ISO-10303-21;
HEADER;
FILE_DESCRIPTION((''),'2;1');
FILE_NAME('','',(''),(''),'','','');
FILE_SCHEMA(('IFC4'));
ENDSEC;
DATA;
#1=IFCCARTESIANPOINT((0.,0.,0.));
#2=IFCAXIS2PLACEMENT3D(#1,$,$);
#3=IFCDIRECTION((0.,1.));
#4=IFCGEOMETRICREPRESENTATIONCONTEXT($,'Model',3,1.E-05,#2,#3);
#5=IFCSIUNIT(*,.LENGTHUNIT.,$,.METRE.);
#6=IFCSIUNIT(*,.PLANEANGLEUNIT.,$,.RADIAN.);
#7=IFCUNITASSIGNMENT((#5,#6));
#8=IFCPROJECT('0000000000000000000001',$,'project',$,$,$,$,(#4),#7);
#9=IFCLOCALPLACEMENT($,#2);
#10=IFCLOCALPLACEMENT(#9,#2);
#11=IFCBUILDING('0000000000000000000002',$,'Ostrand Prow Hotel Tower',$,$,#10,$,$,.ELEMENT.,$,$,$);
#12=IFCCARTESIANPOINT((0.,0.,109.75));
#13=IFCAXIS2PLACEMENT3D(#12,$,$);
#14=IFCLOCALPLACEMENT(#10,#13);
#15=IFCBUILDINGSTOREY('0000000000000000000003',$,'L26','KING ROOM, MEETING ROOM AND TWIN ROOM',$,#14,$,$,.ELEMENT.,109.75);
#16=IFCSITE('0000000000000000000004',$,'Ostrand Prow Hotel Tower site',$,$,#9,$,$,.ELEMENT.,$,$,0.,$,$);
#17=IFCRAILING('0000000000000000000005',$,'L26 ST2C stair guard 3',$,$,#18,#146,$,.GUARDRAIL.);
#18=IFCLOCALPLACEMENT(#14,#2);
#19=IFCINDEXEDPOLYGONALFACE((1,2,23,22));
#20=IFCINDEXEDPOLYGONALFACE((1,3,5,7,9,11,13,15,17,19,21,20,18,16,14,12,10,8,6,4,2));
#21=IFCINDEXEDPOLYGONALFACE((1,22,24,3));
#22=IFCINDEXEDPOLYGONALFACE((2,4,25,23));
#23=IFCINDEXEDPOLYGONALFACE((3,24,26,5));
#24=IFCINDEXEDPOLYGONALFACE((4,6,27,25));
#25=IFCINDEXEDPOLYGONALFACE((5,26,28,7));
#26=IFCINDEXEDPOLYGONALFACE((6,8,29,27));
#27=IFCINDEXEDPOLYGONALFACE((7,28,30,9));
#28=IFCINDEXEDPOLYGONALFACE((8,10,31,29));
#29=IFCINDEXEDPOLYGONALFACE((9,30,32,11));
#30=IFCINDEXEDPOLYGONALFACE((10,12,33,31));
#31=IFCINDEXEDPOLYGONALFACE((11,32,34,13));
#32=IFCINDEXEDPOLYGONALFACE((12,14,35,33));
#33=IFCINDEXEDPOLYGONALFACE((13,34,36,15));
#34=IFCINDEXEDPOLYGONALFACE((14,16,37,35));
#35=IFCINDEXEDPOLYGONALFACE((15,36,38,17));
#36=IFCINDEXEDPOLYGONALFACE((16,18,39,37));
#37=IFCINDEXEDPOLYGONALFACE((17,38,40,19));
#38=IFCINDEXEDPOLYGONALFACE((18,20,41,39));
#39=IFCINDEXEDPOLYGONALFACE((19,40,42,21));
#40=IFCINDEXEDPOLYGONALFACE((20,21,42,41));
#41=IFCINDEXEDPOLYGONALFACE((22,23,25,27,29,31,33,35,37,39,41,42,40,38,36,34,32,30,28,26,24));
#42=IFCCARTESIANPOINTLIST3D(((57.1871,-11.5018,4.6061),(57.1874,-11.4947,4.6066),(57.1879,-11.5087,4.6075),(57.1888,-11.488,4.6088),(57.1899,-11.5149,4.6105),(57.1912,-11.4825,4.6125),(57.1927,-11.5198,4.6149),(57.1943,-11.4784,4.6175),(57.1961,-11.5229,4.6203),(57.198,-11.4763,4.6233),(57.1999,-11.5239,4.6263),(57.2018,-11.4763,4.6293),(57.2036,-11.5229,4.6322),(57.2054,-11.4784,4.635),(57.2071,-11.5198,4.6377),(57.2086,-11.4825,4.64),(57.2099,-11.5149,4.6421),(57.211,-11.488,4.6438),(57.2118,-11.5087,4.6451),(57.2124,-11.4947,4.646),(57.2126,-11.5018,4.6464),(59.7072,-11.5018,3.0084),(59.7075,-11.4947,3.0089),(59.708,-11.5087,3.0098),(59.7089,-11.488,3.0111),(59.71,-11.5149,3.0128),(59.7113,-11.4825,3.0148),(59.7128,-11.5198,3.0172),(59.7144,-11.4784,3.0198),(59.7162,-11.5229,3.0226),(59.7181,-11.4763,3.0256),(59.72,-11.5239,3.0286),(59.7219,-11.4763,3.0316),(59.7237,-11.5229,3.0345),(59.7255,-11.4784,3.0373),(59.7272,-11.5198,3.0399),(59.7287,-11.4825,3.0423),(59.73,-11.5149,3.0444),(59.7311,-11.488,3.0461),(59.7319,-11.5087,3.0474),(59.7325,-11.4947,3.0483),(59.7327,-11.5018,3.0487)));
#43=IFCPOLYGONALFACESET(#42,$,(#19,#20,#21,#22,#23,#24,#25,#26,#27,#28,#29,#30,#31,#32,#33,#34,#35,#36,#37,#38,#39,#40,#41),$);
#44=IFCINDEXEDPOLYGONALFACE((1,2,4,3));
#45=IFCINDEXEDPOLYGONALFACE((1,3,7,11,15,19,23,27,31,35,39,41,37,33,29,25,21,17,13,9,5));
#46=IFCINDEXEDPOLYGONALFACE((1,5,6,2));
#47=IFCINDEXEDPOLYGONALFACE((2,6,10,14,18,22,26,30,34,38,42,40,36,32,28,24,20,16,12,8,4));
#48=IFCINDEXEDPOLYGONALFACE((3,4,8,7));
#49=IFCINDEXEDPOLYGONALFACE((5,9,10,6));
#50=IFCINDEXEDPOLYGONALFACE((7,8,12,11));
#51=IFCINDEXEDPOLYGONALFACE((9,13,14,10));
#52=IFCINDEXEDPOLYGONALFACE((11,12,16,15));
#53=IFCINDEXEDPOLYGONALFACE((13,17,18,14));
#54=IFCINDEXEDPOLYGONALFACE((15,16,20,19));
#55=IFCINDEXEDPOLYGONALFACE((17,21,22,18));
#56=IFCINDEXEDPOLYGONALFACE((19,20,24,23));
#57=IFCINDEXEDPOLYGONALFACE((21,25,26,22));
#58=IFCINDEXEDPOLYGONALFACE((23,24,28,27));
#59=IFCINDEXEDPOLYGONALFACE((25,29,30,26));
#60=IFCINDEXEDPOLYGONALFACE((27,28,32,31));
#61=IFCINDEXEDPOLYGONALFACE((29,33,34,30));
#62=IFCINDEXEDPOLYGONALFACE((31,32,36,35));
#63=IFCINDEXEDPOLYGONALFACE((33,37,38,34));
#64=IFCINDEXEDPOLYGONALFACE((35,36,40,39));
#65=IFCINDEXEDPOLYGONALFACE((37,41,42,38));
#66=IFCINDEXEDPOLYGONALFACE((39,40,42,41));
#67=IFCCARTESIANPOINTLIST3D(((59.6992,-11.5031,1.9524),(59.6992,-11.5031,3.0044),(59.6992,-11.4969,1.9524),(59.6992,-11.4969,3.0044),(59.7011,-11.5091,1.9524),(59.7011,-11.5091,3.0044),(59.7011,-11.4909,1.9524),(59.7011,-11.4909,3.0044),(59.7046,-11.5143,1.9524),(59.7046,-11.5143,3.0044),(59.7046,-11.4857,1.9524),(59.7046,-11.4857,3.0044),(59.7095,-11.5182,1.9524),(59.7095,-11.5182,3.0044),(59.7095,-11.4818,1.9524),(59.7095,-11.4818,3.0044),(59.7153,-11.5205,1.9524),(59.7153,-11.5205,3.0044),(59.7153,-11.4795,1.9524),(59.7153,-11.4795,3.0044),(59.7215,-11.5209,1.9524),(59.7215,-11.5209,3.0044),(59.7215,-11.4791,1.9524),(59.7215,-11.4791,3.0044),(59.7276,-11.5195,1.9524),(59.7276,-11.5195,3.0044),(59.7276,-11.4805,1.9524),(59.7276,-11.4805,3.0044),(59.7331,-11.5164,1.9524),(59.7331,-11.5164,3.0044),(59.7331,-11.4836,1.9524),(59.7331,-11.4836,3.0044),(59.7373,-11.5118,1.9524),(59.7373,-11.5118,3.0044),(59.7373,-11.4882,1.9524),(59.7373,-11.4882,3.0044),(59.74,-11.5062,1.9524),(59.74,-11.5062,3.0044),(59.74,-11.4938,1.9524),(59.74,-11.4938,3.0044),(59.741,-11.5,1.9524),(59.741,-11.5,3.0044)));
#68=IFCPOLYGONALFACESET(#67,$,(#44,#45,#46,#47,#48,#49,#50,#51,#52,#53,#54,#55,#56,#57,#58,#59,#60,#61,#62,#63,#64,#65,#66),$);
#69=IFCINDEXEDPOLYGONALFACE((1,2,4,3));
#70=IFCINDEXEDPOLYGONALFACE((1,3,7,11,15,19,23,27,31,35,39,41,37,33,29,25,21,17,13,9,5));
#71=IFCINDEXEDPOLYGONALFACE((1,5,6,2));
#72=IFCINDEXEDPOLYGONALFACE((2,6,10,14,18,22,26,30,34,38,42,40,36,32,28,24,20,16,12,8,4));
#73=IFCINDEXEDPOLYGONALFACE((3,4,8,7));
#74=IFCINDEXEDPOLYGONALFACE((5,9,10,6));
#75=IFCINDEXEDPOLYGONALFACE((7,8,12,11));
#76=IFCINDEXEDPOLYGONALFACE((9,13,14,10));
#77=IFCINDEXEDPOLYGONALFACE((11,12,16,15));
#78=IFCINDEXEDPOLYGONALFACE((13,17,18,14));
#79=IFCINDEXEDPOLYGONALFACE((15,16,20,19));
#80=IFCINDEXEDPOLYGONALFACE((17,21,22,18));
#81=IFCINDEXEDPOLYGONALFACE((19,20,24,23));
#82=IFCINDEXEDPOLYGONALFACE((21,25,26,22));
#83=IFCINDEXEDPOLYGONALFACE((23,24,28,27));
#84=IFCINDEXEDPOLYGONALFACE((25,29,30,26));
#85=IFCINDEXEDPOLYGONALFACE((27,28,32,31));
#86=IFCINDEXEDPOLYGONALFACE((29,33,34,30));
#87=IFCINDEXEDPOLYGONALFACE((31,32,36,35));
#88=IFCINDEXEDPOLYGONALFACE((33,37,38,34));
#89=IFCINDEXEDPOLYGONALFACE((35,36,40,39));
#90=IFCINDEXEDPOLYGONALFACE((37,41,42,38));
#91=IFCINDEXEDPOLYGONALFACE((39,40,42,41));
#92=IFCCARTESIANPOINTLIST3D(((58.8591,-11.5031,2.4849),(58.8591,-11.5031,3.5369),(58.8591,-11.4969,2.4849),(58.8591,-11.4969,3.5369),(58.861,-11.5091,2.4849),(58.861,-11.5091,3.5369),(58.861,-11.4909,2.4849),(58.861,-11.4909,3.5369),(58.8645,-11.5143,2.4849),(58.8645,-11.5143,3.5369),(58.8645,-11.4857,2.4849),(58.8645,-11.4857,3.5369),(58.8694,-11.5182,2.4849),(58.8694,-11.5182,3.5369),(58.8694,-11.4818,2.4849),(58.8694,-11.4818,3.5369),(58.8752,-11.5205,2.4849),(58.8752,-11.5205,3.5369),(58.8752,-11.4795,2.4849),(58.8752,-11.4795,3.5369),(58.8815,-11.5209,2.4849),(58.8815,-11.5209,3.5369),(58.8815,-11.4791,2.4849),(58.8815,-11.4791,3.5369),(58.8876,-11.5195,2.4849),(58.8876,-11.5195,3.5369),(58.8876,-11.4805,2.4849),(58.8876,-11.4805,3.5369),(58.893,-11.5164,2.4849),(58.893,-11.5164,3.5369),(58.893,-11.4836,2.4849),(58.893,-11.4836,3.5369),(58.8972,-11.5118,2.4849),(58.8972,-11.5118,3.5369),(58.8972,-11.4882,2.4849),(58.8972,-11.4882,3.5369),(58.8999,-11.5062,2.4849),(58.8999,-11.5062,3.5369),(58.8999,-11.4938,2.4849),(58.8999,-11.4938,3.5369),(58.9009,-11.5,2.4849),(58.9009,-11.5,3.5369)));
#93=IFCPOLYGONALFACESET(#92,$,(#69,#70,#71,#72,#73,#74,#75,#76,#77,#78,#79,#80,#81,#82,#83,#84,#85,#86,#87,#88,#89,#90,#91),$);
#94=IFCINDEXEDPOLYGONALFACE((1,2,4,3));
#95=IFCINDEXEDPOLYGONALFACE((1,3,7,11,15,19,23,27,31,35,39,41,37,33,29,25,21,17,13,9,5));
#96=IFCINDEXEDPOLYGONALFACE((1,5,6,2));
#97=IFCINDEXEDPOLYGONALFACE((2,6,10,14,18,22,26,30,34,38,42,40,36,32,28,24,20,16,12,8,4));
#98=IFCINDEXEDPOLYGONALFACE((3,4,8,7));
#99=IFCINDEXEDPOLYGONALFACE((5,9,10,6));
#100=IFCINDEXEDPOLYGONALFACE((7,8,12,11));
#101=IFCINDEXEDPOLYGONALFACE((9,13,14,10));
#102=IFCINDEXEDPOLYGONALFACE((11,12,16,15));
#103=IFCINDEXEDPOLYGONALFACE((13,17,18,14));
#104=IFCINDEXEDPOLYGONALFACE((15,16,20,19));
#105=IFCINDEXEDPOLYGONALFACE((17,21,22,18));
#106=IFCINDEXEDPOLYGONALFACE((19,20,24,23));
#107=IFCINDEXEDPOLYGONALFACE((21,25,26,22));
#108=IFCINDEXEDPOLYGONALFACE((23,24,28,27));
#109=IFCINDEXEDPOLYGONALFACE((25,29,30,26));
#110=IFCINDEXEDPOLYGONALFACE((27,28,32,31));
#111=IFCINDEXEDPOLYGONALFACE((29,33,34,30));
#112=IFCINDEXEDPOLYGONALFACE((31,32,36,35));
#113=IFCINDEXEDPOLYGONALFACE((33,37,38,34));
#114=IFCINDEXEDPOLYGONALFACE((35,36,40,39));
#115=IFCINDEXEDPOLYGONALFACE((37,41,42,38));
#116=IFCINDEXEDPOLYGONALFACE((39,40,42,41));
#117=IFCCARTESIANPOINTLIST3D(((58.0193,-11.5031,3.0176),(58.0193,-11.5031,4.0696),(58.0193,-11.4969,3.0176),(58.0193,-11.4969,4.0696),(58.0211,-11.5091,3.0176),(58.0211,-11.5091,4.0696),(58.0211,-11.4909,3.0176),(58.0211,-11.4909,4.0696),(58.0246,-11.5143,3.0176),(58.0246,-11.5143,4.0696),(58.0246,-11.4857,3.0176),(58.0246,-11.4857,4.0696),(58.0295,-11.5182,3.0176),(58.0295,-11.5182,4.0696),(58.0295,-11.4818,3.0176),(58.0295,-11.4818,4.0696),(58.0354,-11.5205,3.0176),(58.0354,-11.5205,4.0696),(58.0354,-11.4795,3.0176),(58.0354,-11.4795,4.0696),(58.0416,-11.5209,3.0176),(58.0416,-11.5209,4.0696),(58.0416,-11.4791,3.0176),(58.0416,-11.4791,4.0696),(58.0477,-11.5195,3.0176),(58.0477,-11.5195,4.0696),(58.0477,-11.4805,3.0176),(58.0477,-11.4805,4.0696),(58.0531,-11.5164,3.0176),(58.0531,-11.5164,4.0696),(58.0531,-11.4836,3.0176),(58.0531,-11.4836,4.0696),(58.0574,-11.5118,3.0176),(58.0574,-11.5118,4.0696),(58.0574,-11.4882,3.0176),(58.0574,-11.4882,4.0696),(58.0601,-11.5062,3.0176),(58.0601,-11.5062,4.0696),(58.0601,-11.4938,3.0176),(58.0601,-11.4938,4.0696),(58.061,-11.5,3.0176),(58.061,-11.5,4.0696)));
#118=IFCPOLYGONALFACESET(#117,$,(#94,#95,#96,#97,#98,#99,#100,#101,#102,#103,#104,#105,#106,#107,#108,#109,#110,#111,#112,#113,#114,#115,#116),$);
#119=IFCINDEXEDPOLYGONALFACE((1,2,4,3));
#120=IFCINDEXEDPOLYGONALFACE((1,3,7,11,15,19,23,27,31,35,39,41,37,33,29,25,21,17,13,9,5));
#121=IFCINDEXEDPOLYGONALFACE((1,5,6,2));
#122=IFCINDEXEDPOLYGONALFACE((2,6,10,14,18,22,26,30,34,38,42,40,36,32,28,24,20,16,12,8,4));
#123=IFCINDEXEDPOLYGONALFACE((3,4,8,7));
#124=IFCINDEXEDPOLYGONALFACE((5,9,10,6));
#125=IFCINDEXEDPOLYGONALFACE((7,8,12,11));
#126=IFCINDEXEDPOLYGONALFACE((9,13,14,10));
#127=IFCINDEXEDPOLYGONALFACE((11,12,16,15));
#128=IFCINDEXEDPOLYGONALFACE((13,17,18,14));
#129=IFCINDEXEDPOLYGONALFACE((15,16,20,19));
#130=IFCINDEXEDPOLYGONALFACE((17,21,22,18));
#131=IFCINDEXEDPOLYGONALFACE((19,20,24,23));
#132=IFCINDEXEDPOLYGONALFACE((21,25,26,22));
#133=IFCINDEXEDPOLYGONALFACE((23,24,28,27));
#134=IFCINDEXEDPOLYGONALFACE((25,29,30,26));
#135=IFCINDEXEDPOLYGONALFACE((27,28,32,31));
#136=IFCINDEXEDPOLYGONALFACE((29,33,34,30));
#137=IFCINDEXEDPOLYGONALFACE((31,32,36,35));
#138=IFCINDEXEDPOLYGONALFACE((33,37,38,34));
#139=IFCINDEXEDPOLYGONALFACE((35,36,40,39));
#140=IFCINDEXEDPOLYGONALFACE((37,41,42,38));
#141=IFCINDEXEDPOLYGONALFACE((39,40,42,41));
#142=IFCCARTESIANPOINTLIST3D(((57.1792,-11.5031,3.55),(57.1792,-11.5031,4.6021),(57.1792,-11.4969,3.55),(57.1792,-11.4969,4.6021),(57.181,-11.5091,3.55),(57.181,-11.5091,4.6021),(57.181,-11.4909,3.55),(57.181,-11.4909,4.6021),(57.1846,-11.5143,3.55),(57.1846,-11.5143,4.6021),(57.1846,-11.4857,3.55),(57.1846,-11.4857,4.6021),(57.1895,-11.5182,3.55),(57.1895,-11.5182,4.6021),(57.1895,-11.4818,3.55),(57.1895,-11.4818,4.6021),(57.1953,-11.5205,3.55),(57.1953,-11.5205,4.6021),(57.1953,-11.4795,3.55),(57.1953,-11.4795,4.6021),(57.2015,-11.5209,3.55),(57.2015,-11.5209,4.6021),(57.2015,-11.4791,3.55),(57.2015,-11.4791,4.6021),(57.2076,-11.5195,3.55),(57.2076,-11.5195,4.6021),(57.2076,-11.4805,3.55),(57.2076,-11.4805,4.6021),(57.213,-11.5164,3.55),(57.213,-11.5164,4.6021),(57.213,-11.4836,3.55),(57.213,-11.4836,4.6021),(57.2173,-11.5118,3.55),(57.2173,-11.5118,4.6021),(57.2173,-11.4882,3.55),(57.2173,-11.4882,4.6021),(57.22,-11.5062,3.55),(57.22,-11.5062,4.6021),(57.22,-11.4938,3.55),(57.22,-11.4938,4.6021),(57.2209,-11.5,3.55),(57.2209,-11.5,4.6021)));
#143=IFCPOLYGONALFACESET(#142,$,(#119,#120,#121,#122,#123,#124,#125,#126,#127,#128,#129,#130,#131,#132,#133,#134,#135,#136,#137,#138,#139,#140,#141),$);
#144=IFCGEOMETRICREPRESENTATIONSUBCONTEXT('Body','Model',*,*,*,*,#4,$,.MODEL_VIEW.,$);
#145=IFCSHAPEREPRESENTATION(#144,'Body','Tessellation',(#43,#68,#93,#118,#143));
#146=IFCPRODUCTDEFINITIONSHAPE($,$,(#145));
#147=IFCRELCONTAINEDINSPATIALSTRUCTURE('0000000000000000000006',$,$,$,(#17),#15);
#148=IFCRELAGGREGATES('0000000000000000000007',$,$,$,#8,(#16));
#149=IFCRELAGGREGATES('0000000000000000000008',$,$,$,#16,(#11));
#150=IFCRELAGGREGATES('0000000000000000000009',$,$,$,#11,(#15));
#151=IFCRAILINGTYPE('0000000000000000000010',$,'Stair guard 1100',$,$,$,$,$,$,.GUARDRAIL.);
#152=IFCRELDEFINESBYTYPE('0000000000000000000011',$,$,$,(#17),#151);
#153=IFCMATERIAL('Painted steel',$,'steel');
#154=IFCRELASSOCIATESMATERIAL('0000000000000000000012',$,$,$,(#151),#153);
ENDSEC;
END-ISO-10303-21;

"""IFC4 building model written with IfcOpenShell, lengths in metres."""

from ifc_helpers import new_model, si_unit, direction, frame, origin, origin_2d, place, context, subcontext, project, spatial, circle, extrude, material, type_object, element, save


model = new_model("IFC4")

# Units and contexts
model_context = context("Model", 3, precision=1e-05, world=origin(), true_north=direction((0.0, 1.0)))
body_context = subcontext(model_context, "Body", "Model", "MODEL_VIEW")
ifc_project = project(units=[si_unit("LENGTHUNIT", "METRE"), si_unit("PLANEANGLEUNIT", "RADIAN")], contexts=[model_context])

# Site, building, storey
site_placement = place(None, origin())
site = spatial("IfcSite", under=ifc_project, at=site_placement, Name="Ostrand Prow Hotel Tower site", CompositionType="ELEMENT", RefElevation=0.0)
building_placement = place(site_placement, origin())
building = spatial("IfcBuilding", under=site, at=building_placement, Name="Ostrand Prow Hotel Tower", CompositionType="ELEMENT")
storey_placement = place(building_placement, frame((0.0, 0.0, 109.75)))
storey = spatial("IfcBuildingStorey", under=building, at=storey_placement, Name="L26", Description="KING ROOM, MEETING ROOM AND TWIN ROOM", CompositionType="ELEMENT", Elevation=109.75)

# Railing
ifc_material_1 = material(Name="Painted steel", Category="steel")
railing_type_1 = type_object("IfcRailingType", Name="Stair guard 1100", PredefinedType="GUARDRAIL", material=ifc_material_1)
railing_1_placement = place(storey_placement, frame((59.72, -11.5, 1.9524)))
element("IfcRailing", 1, at=railing_1_placement, inside=storey, type_object=railing_type_1, Name="L26 ST2C stair guard 3", PredefinedType="GUARDRAIL", context=body_context, shape_type="SweptSolid", body=[
    extrude(circle(Radius=0.0239, at=origin_2d()), frame((0.0, 0.0, 1.0762), z_axis=(-0.84457, 0.0, 0.535445), x_axis=(0.0, -1.0, 0.0)), (0.0, 0.0, 1.0), 2.9839),
    extrude(circle(Radius=0.021, at=origin_2d()), origin(), (0.0, 0.0, 1.0), 1.052),
    extrude(circle(Radius=0.021, at=origin_2d()), frame((-0.8401, 0.0, 0.5325)), (0.0, 0.0, 1.0), 1.052),
    extrude(circle(Radius=0.021, at=origin_2d()), frame((-1.6799, 0.0, 1.0652)), (0.0, 0.0, 1.0), 1.052),
    extrude(circle(Radius=0.021, at=origin_2d()), frame((-2.52, 0.0, 1.5977)), (0.0, 0.0, 1.0), 1.052),
])

save(model, "model.ifc")
